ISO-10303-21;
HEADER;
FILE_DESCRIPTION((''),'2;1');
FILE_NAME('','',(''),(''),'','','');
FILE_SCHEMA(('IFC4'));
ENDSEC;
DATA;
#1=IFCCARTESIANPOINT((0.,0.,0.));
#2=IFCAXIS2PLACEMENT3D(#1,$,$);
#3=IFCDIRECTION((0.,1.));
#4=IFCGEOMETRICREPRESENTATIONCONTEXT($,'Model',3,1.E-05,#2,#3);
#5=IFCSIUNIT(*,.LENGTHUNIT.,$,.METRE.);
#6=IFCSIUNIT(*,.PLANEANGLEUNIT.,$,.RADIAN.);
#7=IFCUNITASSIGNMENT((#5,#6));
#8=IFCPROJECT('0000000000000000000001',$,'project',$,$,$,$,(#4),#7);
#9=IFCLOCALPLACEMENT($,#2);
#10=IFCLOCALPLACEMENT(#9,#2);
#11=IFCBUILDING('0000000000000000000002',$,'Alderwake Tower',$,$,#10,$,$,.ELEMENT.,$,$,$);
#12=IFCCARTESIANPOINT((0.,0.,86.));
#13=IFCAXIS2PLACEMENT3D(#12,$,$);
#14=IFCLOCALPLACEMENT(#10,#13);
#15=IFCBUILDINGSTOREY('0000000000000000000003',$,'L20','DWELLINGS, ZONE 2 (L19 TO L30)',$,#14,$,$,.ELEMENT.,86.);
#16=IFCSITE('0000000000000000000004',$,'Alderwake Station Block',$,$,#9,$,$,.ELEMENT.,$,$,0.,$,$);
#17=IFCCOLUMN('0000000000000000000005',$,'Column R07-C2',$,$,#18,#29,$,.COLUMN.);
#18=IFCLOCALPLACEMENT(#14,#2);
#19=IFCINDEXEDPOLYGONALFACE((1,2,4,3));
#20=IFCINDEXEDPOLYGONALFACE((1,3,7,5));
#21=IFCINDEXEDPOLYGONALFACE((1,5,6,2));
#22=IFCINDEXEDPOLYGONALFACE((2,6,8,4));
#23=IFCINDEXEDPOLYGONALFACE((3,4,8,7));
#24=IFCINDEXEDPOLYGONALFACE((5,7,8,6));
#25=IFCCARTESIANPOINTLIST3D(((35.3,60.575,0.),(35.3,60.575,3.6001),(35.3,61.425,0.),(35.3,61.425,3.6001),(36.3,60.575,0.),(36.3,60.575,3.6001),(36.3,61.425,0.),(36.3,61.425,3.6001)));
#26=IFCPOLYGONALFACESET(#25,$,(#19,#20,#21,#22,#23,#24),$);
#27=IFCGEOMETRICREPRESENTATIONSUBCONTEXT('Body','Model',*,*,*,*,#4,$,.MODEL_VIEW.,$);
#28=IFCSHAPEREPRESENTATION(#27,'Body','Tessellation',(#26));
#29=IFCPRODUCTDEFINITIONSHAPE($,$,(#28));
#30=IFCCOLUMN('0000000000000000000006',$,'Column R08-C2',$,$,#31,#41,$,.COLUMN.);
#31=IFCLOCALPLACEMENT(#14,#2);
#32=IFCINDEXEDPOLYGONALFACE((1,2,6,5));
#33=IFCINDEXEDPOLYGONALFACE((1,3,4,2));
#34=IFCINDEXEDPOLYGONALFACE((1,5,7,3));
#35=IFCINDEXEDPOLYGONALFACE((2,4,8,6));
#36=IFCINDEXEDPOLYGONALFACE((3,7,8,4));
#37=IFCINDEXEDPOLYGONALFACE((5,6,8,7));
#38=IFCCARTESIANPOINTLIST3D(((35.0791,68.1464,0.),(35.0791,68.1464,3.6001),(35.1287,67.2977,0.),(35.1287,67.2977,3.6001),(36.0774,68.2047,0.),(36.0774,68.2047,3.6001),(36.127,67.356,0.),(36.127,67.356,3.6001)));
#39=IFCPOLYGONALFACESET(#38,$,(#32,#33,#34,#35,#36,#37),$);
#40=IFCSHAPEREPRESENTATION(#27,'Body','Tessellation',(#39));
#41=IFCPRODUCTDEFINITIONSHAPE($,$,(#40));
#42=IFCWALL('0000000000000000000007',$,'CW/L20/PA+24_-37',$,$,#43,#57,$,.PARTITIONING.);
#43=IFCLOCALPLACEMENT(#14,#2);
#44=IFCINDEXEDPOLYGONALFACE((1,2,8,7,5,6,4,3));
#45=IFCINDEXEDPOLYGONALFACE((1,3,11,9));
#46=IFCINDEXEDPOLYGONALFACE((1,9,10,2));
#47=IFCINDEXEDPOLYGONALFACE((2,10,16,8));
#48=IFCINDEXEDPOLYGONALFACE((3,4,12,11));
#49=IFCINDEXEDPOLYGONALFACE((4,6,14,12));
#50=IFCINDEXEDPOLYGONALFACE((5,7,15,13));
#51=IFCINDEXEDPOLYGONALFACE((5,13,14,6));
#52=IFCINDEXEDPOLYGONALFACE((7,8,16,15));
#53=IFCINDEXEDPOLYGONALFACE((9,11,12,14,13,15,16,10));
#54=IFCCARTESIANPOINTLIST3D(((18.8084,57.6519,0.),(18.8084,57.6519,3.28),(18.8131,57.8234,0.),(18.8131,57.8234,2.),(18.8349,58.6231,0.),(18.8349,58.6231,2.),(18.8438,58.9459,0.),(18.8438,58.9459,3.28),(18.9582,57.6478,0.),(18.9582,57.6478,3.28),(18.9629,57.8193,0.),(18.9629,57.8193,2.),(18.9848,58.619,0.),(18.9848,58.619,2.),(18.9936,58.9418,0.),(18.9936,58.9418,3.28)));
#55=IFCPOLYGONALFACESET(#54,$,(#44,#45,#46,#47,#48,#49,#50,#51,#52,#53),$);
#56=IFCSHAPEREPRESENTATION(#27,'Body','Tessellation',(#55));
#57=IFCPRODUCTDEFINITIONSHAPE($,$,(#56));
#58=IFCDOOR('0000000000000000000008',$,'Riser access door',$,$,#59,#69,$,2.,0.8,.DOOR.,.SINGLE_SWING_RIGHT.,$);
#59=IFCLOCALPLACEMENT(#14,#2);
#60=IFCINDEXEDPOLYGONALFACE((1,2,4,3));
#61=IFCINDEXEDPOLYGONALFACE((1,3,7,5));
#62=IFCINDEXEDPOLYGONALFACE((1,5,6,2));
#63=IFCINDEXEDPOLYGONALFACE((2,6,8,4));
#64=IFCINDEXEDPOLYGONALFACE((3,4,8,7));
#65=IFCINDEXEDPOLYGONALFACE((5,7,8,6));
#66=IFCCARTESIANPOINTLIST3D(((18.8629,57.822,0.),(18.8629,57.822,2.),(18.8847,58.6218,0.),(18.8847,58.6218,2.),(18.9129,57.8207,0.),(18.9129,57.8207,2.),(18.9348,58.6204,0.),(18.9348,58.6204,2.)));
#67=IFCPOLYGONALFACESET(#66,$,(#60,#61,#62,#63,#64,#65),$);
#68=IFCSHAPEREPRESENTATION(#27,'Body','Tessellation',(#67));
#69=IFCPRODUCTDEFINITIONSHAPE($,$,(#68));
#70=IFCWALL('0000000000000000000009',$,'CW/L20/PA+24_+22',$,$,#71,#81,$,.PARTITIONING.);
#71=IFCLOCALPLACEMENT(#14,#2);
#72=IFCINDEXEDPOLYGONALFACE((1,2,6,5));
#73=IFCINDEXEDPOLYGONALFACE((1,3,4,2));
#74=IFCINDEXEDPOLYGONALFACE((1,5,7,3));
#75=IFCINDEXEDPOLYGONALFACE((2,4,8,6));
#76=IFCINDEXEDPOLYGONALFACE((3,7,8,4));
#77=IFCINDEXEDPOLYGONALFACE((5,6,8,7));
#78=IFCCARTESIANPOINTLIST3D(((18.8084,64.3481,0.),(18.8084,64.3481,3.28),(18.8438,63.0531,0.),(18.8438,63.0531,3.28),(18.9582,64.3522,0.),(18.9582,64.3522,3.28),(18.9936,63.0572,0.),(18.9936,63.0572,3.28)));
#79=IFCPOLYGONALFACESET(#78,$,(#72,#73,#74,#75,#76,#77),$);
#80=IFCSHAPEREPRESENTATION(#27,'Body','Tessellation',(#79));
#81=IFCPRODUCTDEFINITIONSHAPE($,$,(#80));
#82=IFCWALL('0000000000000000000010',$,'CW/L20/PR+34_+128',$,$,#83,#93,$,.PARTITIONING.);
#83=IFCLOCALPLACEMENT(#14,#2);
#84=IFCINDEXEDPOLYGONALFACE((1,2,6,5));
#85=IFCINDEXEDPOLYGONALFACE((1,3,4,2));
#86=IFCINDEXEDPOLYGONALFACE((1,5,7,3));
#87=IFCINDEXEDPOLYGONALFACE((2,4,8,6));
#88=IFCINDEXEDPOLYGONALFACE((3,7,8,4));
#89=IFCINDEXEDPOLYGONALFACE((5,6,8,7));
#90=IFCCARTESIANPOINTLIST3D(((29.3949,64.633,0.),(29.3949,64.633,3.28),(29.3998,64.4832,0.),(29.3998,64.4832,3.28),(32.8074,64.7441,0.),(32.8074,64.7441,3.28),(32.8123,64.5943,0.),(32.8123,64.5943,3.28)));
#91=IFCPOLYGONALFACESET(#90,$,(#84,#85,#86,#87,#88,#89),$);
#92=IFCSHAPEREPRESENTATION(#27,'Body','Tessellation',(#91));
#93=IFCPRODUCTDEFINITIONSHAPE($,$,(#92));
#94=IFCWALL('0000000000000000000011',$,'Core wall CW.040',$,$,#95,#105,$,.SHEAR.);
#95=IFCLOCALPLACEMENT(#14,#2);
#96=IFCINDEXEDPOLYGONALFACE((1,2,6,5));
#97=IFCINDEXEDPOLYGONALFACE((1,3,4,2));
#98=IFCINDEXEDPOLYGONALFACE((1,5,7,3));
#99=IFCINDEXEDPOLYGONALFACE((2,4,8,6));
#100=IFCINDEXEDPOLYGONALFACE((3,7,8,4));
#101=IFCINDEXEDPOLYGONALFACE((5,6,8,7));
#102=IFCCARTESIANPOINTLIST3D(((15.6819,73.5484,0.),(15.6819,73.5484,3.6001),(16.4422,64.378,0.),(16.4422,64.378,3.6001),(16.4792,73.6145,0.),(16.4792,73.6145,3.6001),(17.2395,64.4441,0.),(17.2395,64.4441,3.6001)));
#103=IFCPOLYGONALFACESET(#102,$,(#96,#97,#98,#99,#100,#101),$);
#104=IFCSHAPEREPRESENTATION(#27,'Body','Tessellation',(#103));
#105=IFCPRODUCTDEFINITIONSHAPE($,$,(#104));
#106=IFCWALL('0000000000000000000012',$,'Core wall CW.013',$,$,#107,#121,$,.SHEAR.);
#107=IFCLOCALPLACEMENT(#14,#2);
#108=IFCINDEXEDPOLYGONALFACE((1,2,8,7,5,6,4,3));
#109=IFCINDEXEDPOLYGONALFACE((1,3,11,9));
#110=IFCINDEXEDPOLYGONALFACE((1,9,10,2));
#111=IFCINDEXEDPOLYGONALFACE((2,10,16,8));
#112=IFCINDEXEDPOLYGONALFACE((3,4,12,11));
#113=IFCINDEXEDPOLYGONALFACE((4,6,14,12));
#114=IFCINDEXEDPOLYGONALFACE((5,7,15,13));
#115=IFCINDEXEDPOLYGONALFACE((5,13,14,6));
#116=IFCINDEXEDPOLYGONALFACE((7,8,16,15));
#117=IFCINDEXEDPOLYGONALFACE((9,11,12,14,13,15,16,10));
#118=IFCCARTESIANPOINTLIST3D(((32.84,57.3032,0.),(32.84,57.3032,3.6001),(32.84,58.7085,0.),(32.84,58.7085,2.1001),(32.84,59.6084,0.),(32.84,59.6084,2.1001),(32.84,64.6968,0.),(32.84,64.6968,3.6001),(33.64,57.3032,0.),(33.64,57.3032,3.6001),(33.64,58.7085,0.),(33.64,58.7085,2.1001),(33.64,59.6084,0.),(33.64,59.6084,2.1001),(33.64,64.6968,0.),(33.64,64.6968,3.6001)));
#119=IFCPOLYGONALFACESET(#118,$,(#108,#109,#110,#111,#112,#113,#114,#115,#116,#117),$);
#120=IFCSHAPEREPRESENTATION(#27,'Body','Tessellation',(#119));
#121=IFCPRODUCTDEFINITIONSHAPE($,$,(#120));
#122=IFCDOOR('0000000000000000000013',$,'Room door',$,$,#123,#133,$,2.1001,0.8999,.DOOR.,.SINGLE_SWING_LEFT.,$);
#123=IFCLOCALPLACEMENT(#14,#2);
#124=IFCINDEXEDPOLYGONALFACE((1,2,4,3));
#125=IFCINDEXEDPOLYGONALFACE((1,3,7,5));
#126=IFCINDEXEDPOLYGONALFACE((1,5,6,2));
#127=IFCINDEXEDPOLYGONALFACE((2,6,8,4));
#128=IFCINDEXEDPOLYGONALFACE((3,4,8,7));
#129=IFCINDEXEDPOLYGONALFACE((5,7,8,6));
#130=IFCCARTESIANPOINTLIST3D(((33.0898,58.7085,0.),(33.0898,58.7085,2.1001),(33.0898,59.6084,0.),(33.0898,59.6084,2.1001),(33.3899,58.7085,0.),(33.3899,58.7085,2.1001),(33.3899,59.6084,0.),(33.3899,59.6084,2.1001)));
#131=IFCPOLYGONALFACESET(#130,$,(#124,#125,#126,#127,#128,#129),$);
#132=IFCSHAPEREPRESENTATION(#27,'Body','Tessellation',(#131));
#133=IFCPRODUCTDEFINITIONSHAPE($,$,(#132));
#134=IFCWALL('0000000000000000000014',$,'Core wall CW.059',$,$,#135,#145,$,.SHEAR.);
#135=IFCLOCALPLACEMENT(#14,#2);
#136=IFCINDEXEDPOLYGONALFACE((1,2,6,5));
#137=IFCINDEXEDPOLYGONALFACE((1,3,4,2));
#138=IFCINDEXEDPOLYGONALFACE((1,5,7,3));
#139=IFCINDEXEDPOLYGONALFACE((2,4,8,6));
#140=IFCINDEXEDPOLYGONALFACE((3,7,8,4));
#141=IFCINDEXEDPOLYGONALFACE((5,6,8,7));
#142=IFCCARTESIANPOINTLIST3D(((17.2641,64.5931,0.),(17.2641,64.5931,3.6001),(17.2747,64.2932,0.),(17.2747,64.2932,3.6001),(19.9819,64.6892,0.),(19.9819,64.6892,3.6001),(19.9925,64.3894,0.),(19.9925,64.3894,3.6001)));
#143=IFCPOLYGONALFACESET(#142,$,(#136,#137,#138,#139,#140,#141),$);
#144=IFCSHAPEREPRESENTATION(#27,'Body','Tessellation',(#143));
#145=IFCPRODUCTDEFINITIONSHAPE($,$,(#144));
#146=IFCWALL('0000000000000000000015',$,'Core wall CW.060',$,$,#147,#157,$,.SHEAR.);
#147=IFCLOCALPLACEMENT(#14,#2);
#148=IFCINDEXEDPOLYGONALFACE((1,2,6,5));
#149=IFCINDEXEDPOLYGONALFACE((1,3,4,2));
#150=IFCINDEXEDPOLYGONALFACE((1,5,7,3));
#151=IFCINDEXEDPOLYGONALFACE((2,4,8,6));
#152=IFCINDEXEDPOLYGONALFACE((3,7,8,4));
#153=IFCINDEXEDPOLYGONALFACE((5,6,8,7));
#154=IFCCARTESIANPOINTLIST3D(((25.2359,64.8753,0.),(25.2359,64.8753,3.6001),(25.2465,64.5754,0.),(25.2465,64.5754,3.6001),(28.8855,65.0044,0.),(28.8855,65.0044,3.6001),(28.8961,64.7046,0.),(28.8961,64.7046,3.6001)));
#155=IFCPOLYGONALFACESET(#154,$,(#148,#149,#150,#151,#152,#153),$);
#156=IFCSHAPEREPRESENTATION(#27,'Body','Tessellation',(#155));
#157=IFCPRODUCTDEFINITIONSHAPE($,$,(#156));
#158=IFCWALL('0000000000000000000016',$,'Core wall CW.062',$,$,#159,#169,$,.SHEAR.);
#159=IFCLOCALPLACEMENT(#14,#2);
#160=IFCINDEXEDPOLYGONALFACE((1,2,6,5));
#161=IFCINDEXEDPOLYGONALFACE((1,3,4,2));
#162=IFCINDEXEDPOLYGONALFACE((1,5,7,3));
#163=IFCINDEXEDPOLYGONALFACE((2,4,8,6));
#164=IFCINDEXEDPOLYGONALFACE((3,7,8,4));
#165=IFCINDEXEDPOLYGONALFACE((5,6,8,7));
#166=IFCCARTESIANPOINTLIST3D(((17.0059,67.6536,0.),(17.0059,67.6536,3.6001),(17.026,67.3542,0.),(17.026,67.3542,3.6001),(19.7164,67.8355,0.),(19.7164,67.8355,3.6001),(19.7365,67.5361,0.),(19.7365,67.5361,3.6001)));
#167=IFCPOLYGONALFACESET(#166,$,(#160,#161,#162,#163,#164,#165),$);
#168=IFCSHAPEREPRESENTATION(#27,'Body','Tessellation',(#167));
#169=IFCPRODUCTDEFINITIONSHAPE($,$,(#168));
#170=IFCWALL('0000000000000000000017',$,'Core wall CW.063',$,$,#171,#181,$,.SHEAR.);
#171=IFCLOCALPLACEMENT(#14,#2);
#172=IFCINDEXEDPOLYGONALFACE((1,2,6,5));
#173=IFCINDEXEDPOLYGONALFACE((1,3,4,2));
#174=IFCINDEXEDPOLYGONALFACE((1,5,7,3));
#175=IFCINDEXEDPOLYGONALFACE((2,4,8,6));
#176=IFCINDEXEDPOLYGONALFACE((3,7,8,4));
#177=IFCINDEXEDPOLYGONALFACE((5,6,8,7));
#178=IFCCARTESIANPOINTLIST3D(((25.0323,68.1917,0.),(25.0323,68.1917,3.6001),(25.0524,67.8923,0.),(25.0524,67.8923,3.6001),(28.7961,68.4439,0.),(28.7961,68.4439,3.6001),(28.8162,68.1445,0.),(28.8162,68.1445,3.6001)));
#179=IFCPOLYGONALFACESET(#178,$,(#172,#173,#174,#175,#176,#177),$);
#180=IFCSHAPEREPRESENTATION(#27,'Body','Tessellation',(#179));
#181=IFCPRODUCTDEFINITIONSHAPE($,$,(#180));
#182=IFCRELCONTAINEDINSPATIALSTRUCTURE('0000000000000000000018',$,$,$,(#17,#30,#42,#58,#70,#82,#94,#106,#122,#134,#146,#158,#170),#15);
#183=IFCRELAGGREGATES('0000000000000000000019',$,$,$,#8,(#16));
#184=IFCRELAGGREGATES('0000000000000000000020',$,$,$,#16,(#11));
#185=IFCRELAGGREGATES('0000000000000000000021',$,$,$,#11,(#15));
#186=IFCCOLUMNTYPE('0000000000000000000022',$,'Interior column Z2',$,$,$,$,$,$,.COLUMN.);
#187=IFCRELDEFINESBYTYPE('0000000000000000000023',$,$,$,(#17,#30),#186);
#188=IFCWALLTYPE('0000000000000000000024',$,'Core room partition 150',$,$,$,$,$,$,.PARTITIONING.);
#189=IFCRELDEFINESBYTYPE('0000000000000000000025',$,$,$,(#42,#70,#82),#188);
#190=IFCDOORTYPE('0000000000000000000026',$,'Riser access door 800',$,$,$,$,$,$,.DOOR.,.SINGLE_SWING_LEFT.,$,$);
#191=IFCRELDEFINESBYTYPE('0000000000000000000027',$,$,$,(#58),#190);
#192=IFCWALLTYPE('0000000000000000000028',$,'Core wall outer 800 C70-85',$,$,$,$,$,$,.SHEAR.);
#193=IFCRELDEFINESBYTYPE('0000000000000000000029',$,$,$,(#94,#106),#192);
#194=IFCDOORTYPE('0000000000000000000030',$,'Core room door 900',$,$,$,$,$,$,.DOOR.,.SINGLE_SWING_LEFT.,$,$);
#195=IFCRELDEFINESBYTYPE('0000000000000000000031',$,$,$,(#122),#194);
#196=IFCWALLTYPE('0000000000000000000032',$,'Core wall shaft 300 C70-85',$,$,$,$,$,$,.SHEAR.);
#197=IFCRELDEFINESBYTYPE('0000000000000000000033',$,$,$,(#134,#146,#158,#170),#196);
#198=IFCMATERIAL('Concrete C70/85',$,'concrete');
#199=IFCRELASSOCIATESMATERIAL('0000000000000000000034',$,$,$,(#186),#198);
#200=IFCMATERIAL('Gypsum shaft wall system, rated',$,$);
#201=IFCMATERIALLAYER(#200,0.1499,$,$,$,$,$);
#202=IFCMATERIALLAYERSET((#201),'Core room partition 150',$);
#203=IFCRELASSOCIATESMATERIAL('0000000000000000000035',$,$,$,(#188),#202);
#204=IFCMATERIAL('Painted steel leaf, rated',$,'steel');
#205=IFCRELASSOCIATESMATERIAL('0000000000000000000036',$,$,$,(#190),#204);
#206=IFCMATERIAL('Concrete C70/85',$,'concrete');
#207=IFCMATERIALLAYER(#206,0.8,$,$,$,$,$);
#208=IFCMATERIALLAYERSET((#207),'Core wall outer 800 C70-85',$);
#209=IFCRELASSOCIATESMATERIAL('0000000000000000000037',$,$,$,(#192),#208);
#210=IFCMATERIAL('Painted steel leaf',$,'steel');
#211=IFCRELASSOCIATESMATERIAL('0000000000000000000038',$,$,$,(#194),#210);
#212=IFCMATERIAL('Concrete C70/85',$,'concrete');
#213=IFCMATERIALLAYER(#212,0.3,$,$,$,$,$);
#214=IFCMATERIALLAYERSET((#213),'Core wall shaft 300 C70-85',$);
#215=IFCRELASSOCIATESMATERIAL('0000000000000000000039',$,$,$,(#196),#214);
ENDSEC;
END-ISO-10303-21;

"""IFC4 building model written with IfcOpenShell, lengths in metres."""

from ifc_helpers import new_model, si_unit, direction, frame, frame_2d, origin, origin_2d, place, context, subcontext, project, spatial, rectangle, extrude, material, layer, layer_set, material_profile, profile_set, type_object, element, fill, save


model = new_model("IFC4")

# Units and contexts
model_context = context("Model", 3, precision=1e-05, world=origin(), true_north=direction((0.0, 1.0)))
body_context = subcontext(model_context, "Body", "Model", "MODEL_VIEW")
ifc_project = project(units=[si_unit("LENGTHUNIT", "METRE"), si_unit("PLANEANGLEUNIT", "RADIAN")], contexts=[model_context])

# Site, building, storey
site_placement = place(None, origin())
site = spatial("IfcSite", under=ifc_project, at=site_placement, Name="Alderwake Station Block", CompositionType="ELEMENT", RefElevation=0.0)
building_placement = place(site_placement, origin())
building = spatial("IfcBuilding", under=site, at=building_placement, Name="Alderwake Tower", CompositionType="ELEMENT")
storey_placement = place(building_placement, frame((0.0, 0.0, 86.0)))
storey = spatial("IfcBuildingStorey", under=building, at=storey_placement, Name="L20", Description="DWELLINGS, ZONE 2 (L19 TO L30)", CompositionType="ELEMENT", Elevation=86.0)

# Columns
ifc_material_1 = material(Name="Concrete C70/85", Category="concrete")
ifc_material_profile = material_profile(ifc_material_1, rectangle(XDim=0.8501, YDim=1.0, at=origin_2d()), Name="RC 1000X850")
ifc_profile_set = profile_set([ifc_material_profile], Name="Concrete C70/85")
column_type = type_object("IfcColumnType", Name="Interior column Z2", PredefinedType="COLUMN", material=ifc_profile_set)
for number, where, z_axis, x_axis, name in (
    (1, (35.8, 61.0, 0.0), (0.0, 0.0, 1.0), (0.0, 1.0, 0.0), "Column R07-C2"),
    (2, (35.603, 67.7512, 0.0), (0.0, 0.0, 1.0), (-0.058301, 0.998299, 0.0), "Column R08-C2"),
):
    element("IfcColumn", number, at=place(storey_placement, frame(where, z_axis=z_axis, x_axis=x_axis)), inside=storey, type_object=column_type, Name=name, PredefinedType="COLUMN", context=body_context, shape_type="SweptSolid", body=[
        extrude(rectangle(XDim=0.8501, YDim=1.0, at=origin_2d()), origin(), (0.0, 0.0, 1.0), 3.6001),
    ])

# Wall, opening, door
ifc_material_2 = material(Name="Gypsum shaft wall system, rated")
ifc_layer_1 = layer(ifc_material_2, 0.1499)
ifc_layer_set_1 = layer_set([ifc_layer_1], Name="Core room partition 150")
wall_type_1 = type_object("IfcWallType", Name="Core room partition 150", PredefinedType="PARTITIONING", material=ifc_layer_set_1)
wall_1_placement = place(storey_placement, frame((18.9187, 58.9438, 0.0), z_axis=(0.0, 0.0, 1.0), x_axis=(-0.027348, -0.999626, 0.0)))
wall_1 = element("IfcWall", 3, at=wall_1_placement, inside=storey, type_object=wall_type_1, Name="CW/L20/PA+24_-37", PredefinedType="PARTITIONING", context=body_context, shape_type="SweptSolid", body=[
    extrude(rectangle(XDim=1.2944, YDim=0.1499, at=frame_2d((0.6472, 0.0))), origin(), (0.0, 0.0, 1.0), 3.28),
])
opening_1_placement = place(wall_1_placement, frame((0.323, 0.0, 0.0)))
opening_1 = element("IfcOpeningElement", 4, at=opening_1_placement, cuts=wall_1, PredefinedType="OPENING", context=body_context, shape_type="SweptSolid", body=[
    extrude(rectangle(XDim=0.8, YDim=2.0, at=frame_2d((0.3999, 1.0))), frame((0.0, 0.085, 0.0), z_axis=(0.0, -1.0, 0.0), x_axis=(1.0, 0.0, 0.0)), (0.0, 0.0, 1.0), 0.1699),
])
ifc_material_3 = material(Name="Painted steel leaf, rated", Category="steel")
door_type_1 = type_object("IfcDoorType", Name="Riser access door 800", OperationType="SINGLE_SWING_LEFT", PredefinedType="DOOR", material=ifc_material_3)
door_1_placement = place(opening_1_placement, origin())
door_1 = element("IfcDoor", 5, at=door_1_placement, inside=storey, type_object=door_type_1, Name="Riser access door", OperationType="SINGLE_SWING_RIGHT", OverallHeight=2.0, OverallWidth=0.8, PredefinedType="DOOR", context=body_context, shape_type="SweptSolid", body=[
    extrude(rectangle(XDim=0.8, YDim=2.0, at=frame_2d((0.3999, 1.0))), frame((0.0, 0.0249, 0.0), z_axis=(0.0, -1.0, 0.0), x_axis=(1.0, 0.0, 0.0)), (0.0, 0.0, 1.0), 0.05),
])
fill(opening_1, door_1)

# Walls
wall_2_placement = place(storey_placement, frame((18.9187, 63.0552, 0.0), z_axis=(0.0, 0.0, 1.0), x_axis=(-0.027328, 0.999627, 0.0)))
element("IfcWall", 6, at=wall_2_placement, inside=storey, type_object=wall_type_1, Name="CW/L20/PA+24_+22", PredefinedType="PARTITIONING", context=body_context, shape_type="SweptSolid", body=[
    extrude(rectangle(XDim=1.2954, YDim=0.1499, at=frame_2d((0.6477, 0.0))), origin(), (0.0, 0.0, 1.0), 3.28),
])
wall_3_placement = place(storey_placement, frame((29.3975, 64.5581, 0.0), z_axis=(0.0, 0.0, 1.0), x_axis=(0.999471, 0.032534, 0.0)))
element("IfcWall", 7, at=wall_3_placement, inside=storey, type_object=wall_type_1, Name="CW/L20/PR+34_+128", PredefinedType="PARTITIONING", context=body_context, shape_type="SweptSolid", body=[
    extrude(rectangle(XDim=3.4143, YDim=0.1499, at=frame_2d((1.707, 0.0))), origin(), (0.0, 0.0, 1.0), 3.28),
])
ifc_material_4 = material(Name="Concrete C70/85", Category="concrete")
ifc_layer_2 = layer(ifc_material_4, 0.8)
ifc_layer_set_2 = layer_set([ifc_layer_2], Name="Core wall outer 800 C70-85")
wall_type_2 = type_object("IfcWallType", Name="Core wall outer 800 C70-85", PredefinedType="SHEAR", material=ifc_layer_set_2)
wall_4_placement = place(storey_placement, frame((16.8408, 64.4109, 0.0), z_axis=(0.0, 0.0, 1.0), x_axis=(-0.08262, 0.996581, 0.0)))
element("IfcWall", 8, at=wall_4_placement, inside=storey, type_object=wall_type_2, Name="Core wall CW.040", PredefinedType="SHEAR", context=body_context, shape_type="SweptSolid", body=[
    extrude(rectangle(XDim=9.2019, YDim=0.8, at=frame_2d((4.6011, 0.0))), origin(), (0.0, 0.0, 1.0), 3.6001),
])

# Wall, opening, door
wall_5_placement = place(storey_placement, frame((33.24, 64.6968, 0.0), z_axis=(0.0, 0.0, 1.0), x_axis=(0.0, -1.0, 0.0)))
wall_5 = element("IfcWall", 9, at=wall_5_placement, inside=storey, type_object=wall_type_2, Name="Core wall CW.013", PredefinedType="SHEAR", context=body_context, shape_type="SweptSolid", body=[
    extrude(rectangle(XDim=7.3936, YDim=0.8, at=frame_2d((3.6968, 0.0))), origin(), (0.0, 0.0, 1.0), 3.6001),
])
opening_2_placement = place(wall_5_placement, frame((5.0884, 0.0, 0.0)))
opening_2 = element("IfcOpeningElement", 10, at=opening_2_placement, cuts=wall_5, PredefinedType="OPENING", context=body_context, shape_type="SweptSolid", body=[
    extrude(rectangle(XDim=0.8999, YDim=2.1001, at=frame_2d((0.45, 1.05))), frame((0.0, 0.4099, 0.0), z_axis=(0.0, -1.0, 0.0), x_axis=(1.0, 0.0, 0.0)), (0.0, 0.0, 1.0), 0.8201),
])
ifc_material_5 = material(Name="Painted steel leaf", Category="steel")
door_type_2 = type_object("IfcDoorType", Name="Core room door 900", OperationType="SINGLE_SWING_LEFT", PredefinedType="DOOR", material=ifc_material_5)
door_2_placement = place(opening_2_placement, origin())
door_2 = element("IfcDoor", 11, at=door_2_placement, inside=storey, type_object=door_type_2, Name="Room door", OperationType="SINGLE_SWING_LEFT", OverallHeight=2.1001, OverallWidth=0.8999, PredefinedType="DOOR", context=body_context, shape_type="SweptSolid", body=[
    extrude(rectangle(XDim=0.8999, YDim=2.1001, at=frame_2d((0.45, 1.05))), frame((0.0, 0.1499, 0.0), z_axis=(0.0, -1.0, 0.0), x_axis=(1.0, 0.0, 0.0)), (0.0, 0.0, 1.0), 0.3),
])
fill(opening_2, door_2)

# Walls
ifc_material_6 = material(Name="Concrete C70/85", Category="concrete")
ifc_layer_3 = layer(ifc_material_6, 0.3)
ifc_layer_set_3 = layer_set([ifc_layer_3], Name="Core wall shaft 300 C70-85")
wall_type_3 = type_object("IfcWallType", Name="Core wall shaft 300 C70-85", PredefinedType="SHEAR", material=ifc_layer_set_3)
wall_6_placement = place(storey_placement, frame((17.2693, 64.4431, 0.0), z_axis=(0.0, 0.0, 1.0), x_axis=(0.999374, 0.035371, 0.0)))
element("IfcWall", 12, at=wall_6_placement, inside=storey, type_object=wall_type_3, Name="Core wall CW.059", PredefinedType="SHEAR", context=body_context, shape_type="SweptSolid", body=[
    extrude(rectangle(XDim=2.7195, YDim=0.3, at=frame_2d((1.3599, 0.0))), origin(), (0.0, 0.0, 1.0), 3.6001),
])
wall_7_placement = place(storey_placement, frame((25.2412, 64.7253, 0.0), z_axis=(0.0, 0.0, 1.0), x_axis=(0.999374, 0.035365, 0.0)))
element("IfcWall", 13, at=wall_7_placement, inside=storey, type_object=wall_type_3, Name="Core wall CW.060", PredefinedType="SHEAR", context=body_context, shape_type="SweptSolid", body=[
    extrude(rectangle(XDim=3.6519, YDim=0.3, at=frame_2d((1.8259, 0.0))), origin(), (0.0, 0.0, 1.0), 3.6001),
])
wall_8_placement = place(storey_placement, frame((17.0159, 67.5039, 0.0), z_axis=(0.0, 0.0, 1.0), x_axis=(0.997756, 0.066954, 0.0)))
element("IfcWall", 14, at=wall_8_placement, inside=storey, type_object=wall_type_3, Name="Core wall CW.062", PredefinedType="SHEAR", context=body_context, shape_type="SweptSolid", body=[
    extrude(rectangle(XDim=2.7166, YDim=0.3, at=frame_2d((1.3584, 0.0))), origin(), (0.0, 0.0, 1.0), 3.6001),
])
wall_9_placement = place(storey_placement, frame((25.0422, 68.042, 0.0), z_axis=(0.0, 0.0, 1.0), x_axis=(0.997762, 0.066858, 0.0)))
element("IfcWall", 15, at=wall_9_placement, inside=storey, type_object=wall_type_3, Name="Core wall CW.063", PredefinedType="SHEAR", context=body_context, shape_type="SweptSolid", body=[
    extrude(rectangle(XDim=3.7722, YDim=0.3, at=frame_2d((1.8862, 0.0))), origin(), (0.0, 0.0, 1.0), 3.6001),
])

save(model, "model.ifc")
